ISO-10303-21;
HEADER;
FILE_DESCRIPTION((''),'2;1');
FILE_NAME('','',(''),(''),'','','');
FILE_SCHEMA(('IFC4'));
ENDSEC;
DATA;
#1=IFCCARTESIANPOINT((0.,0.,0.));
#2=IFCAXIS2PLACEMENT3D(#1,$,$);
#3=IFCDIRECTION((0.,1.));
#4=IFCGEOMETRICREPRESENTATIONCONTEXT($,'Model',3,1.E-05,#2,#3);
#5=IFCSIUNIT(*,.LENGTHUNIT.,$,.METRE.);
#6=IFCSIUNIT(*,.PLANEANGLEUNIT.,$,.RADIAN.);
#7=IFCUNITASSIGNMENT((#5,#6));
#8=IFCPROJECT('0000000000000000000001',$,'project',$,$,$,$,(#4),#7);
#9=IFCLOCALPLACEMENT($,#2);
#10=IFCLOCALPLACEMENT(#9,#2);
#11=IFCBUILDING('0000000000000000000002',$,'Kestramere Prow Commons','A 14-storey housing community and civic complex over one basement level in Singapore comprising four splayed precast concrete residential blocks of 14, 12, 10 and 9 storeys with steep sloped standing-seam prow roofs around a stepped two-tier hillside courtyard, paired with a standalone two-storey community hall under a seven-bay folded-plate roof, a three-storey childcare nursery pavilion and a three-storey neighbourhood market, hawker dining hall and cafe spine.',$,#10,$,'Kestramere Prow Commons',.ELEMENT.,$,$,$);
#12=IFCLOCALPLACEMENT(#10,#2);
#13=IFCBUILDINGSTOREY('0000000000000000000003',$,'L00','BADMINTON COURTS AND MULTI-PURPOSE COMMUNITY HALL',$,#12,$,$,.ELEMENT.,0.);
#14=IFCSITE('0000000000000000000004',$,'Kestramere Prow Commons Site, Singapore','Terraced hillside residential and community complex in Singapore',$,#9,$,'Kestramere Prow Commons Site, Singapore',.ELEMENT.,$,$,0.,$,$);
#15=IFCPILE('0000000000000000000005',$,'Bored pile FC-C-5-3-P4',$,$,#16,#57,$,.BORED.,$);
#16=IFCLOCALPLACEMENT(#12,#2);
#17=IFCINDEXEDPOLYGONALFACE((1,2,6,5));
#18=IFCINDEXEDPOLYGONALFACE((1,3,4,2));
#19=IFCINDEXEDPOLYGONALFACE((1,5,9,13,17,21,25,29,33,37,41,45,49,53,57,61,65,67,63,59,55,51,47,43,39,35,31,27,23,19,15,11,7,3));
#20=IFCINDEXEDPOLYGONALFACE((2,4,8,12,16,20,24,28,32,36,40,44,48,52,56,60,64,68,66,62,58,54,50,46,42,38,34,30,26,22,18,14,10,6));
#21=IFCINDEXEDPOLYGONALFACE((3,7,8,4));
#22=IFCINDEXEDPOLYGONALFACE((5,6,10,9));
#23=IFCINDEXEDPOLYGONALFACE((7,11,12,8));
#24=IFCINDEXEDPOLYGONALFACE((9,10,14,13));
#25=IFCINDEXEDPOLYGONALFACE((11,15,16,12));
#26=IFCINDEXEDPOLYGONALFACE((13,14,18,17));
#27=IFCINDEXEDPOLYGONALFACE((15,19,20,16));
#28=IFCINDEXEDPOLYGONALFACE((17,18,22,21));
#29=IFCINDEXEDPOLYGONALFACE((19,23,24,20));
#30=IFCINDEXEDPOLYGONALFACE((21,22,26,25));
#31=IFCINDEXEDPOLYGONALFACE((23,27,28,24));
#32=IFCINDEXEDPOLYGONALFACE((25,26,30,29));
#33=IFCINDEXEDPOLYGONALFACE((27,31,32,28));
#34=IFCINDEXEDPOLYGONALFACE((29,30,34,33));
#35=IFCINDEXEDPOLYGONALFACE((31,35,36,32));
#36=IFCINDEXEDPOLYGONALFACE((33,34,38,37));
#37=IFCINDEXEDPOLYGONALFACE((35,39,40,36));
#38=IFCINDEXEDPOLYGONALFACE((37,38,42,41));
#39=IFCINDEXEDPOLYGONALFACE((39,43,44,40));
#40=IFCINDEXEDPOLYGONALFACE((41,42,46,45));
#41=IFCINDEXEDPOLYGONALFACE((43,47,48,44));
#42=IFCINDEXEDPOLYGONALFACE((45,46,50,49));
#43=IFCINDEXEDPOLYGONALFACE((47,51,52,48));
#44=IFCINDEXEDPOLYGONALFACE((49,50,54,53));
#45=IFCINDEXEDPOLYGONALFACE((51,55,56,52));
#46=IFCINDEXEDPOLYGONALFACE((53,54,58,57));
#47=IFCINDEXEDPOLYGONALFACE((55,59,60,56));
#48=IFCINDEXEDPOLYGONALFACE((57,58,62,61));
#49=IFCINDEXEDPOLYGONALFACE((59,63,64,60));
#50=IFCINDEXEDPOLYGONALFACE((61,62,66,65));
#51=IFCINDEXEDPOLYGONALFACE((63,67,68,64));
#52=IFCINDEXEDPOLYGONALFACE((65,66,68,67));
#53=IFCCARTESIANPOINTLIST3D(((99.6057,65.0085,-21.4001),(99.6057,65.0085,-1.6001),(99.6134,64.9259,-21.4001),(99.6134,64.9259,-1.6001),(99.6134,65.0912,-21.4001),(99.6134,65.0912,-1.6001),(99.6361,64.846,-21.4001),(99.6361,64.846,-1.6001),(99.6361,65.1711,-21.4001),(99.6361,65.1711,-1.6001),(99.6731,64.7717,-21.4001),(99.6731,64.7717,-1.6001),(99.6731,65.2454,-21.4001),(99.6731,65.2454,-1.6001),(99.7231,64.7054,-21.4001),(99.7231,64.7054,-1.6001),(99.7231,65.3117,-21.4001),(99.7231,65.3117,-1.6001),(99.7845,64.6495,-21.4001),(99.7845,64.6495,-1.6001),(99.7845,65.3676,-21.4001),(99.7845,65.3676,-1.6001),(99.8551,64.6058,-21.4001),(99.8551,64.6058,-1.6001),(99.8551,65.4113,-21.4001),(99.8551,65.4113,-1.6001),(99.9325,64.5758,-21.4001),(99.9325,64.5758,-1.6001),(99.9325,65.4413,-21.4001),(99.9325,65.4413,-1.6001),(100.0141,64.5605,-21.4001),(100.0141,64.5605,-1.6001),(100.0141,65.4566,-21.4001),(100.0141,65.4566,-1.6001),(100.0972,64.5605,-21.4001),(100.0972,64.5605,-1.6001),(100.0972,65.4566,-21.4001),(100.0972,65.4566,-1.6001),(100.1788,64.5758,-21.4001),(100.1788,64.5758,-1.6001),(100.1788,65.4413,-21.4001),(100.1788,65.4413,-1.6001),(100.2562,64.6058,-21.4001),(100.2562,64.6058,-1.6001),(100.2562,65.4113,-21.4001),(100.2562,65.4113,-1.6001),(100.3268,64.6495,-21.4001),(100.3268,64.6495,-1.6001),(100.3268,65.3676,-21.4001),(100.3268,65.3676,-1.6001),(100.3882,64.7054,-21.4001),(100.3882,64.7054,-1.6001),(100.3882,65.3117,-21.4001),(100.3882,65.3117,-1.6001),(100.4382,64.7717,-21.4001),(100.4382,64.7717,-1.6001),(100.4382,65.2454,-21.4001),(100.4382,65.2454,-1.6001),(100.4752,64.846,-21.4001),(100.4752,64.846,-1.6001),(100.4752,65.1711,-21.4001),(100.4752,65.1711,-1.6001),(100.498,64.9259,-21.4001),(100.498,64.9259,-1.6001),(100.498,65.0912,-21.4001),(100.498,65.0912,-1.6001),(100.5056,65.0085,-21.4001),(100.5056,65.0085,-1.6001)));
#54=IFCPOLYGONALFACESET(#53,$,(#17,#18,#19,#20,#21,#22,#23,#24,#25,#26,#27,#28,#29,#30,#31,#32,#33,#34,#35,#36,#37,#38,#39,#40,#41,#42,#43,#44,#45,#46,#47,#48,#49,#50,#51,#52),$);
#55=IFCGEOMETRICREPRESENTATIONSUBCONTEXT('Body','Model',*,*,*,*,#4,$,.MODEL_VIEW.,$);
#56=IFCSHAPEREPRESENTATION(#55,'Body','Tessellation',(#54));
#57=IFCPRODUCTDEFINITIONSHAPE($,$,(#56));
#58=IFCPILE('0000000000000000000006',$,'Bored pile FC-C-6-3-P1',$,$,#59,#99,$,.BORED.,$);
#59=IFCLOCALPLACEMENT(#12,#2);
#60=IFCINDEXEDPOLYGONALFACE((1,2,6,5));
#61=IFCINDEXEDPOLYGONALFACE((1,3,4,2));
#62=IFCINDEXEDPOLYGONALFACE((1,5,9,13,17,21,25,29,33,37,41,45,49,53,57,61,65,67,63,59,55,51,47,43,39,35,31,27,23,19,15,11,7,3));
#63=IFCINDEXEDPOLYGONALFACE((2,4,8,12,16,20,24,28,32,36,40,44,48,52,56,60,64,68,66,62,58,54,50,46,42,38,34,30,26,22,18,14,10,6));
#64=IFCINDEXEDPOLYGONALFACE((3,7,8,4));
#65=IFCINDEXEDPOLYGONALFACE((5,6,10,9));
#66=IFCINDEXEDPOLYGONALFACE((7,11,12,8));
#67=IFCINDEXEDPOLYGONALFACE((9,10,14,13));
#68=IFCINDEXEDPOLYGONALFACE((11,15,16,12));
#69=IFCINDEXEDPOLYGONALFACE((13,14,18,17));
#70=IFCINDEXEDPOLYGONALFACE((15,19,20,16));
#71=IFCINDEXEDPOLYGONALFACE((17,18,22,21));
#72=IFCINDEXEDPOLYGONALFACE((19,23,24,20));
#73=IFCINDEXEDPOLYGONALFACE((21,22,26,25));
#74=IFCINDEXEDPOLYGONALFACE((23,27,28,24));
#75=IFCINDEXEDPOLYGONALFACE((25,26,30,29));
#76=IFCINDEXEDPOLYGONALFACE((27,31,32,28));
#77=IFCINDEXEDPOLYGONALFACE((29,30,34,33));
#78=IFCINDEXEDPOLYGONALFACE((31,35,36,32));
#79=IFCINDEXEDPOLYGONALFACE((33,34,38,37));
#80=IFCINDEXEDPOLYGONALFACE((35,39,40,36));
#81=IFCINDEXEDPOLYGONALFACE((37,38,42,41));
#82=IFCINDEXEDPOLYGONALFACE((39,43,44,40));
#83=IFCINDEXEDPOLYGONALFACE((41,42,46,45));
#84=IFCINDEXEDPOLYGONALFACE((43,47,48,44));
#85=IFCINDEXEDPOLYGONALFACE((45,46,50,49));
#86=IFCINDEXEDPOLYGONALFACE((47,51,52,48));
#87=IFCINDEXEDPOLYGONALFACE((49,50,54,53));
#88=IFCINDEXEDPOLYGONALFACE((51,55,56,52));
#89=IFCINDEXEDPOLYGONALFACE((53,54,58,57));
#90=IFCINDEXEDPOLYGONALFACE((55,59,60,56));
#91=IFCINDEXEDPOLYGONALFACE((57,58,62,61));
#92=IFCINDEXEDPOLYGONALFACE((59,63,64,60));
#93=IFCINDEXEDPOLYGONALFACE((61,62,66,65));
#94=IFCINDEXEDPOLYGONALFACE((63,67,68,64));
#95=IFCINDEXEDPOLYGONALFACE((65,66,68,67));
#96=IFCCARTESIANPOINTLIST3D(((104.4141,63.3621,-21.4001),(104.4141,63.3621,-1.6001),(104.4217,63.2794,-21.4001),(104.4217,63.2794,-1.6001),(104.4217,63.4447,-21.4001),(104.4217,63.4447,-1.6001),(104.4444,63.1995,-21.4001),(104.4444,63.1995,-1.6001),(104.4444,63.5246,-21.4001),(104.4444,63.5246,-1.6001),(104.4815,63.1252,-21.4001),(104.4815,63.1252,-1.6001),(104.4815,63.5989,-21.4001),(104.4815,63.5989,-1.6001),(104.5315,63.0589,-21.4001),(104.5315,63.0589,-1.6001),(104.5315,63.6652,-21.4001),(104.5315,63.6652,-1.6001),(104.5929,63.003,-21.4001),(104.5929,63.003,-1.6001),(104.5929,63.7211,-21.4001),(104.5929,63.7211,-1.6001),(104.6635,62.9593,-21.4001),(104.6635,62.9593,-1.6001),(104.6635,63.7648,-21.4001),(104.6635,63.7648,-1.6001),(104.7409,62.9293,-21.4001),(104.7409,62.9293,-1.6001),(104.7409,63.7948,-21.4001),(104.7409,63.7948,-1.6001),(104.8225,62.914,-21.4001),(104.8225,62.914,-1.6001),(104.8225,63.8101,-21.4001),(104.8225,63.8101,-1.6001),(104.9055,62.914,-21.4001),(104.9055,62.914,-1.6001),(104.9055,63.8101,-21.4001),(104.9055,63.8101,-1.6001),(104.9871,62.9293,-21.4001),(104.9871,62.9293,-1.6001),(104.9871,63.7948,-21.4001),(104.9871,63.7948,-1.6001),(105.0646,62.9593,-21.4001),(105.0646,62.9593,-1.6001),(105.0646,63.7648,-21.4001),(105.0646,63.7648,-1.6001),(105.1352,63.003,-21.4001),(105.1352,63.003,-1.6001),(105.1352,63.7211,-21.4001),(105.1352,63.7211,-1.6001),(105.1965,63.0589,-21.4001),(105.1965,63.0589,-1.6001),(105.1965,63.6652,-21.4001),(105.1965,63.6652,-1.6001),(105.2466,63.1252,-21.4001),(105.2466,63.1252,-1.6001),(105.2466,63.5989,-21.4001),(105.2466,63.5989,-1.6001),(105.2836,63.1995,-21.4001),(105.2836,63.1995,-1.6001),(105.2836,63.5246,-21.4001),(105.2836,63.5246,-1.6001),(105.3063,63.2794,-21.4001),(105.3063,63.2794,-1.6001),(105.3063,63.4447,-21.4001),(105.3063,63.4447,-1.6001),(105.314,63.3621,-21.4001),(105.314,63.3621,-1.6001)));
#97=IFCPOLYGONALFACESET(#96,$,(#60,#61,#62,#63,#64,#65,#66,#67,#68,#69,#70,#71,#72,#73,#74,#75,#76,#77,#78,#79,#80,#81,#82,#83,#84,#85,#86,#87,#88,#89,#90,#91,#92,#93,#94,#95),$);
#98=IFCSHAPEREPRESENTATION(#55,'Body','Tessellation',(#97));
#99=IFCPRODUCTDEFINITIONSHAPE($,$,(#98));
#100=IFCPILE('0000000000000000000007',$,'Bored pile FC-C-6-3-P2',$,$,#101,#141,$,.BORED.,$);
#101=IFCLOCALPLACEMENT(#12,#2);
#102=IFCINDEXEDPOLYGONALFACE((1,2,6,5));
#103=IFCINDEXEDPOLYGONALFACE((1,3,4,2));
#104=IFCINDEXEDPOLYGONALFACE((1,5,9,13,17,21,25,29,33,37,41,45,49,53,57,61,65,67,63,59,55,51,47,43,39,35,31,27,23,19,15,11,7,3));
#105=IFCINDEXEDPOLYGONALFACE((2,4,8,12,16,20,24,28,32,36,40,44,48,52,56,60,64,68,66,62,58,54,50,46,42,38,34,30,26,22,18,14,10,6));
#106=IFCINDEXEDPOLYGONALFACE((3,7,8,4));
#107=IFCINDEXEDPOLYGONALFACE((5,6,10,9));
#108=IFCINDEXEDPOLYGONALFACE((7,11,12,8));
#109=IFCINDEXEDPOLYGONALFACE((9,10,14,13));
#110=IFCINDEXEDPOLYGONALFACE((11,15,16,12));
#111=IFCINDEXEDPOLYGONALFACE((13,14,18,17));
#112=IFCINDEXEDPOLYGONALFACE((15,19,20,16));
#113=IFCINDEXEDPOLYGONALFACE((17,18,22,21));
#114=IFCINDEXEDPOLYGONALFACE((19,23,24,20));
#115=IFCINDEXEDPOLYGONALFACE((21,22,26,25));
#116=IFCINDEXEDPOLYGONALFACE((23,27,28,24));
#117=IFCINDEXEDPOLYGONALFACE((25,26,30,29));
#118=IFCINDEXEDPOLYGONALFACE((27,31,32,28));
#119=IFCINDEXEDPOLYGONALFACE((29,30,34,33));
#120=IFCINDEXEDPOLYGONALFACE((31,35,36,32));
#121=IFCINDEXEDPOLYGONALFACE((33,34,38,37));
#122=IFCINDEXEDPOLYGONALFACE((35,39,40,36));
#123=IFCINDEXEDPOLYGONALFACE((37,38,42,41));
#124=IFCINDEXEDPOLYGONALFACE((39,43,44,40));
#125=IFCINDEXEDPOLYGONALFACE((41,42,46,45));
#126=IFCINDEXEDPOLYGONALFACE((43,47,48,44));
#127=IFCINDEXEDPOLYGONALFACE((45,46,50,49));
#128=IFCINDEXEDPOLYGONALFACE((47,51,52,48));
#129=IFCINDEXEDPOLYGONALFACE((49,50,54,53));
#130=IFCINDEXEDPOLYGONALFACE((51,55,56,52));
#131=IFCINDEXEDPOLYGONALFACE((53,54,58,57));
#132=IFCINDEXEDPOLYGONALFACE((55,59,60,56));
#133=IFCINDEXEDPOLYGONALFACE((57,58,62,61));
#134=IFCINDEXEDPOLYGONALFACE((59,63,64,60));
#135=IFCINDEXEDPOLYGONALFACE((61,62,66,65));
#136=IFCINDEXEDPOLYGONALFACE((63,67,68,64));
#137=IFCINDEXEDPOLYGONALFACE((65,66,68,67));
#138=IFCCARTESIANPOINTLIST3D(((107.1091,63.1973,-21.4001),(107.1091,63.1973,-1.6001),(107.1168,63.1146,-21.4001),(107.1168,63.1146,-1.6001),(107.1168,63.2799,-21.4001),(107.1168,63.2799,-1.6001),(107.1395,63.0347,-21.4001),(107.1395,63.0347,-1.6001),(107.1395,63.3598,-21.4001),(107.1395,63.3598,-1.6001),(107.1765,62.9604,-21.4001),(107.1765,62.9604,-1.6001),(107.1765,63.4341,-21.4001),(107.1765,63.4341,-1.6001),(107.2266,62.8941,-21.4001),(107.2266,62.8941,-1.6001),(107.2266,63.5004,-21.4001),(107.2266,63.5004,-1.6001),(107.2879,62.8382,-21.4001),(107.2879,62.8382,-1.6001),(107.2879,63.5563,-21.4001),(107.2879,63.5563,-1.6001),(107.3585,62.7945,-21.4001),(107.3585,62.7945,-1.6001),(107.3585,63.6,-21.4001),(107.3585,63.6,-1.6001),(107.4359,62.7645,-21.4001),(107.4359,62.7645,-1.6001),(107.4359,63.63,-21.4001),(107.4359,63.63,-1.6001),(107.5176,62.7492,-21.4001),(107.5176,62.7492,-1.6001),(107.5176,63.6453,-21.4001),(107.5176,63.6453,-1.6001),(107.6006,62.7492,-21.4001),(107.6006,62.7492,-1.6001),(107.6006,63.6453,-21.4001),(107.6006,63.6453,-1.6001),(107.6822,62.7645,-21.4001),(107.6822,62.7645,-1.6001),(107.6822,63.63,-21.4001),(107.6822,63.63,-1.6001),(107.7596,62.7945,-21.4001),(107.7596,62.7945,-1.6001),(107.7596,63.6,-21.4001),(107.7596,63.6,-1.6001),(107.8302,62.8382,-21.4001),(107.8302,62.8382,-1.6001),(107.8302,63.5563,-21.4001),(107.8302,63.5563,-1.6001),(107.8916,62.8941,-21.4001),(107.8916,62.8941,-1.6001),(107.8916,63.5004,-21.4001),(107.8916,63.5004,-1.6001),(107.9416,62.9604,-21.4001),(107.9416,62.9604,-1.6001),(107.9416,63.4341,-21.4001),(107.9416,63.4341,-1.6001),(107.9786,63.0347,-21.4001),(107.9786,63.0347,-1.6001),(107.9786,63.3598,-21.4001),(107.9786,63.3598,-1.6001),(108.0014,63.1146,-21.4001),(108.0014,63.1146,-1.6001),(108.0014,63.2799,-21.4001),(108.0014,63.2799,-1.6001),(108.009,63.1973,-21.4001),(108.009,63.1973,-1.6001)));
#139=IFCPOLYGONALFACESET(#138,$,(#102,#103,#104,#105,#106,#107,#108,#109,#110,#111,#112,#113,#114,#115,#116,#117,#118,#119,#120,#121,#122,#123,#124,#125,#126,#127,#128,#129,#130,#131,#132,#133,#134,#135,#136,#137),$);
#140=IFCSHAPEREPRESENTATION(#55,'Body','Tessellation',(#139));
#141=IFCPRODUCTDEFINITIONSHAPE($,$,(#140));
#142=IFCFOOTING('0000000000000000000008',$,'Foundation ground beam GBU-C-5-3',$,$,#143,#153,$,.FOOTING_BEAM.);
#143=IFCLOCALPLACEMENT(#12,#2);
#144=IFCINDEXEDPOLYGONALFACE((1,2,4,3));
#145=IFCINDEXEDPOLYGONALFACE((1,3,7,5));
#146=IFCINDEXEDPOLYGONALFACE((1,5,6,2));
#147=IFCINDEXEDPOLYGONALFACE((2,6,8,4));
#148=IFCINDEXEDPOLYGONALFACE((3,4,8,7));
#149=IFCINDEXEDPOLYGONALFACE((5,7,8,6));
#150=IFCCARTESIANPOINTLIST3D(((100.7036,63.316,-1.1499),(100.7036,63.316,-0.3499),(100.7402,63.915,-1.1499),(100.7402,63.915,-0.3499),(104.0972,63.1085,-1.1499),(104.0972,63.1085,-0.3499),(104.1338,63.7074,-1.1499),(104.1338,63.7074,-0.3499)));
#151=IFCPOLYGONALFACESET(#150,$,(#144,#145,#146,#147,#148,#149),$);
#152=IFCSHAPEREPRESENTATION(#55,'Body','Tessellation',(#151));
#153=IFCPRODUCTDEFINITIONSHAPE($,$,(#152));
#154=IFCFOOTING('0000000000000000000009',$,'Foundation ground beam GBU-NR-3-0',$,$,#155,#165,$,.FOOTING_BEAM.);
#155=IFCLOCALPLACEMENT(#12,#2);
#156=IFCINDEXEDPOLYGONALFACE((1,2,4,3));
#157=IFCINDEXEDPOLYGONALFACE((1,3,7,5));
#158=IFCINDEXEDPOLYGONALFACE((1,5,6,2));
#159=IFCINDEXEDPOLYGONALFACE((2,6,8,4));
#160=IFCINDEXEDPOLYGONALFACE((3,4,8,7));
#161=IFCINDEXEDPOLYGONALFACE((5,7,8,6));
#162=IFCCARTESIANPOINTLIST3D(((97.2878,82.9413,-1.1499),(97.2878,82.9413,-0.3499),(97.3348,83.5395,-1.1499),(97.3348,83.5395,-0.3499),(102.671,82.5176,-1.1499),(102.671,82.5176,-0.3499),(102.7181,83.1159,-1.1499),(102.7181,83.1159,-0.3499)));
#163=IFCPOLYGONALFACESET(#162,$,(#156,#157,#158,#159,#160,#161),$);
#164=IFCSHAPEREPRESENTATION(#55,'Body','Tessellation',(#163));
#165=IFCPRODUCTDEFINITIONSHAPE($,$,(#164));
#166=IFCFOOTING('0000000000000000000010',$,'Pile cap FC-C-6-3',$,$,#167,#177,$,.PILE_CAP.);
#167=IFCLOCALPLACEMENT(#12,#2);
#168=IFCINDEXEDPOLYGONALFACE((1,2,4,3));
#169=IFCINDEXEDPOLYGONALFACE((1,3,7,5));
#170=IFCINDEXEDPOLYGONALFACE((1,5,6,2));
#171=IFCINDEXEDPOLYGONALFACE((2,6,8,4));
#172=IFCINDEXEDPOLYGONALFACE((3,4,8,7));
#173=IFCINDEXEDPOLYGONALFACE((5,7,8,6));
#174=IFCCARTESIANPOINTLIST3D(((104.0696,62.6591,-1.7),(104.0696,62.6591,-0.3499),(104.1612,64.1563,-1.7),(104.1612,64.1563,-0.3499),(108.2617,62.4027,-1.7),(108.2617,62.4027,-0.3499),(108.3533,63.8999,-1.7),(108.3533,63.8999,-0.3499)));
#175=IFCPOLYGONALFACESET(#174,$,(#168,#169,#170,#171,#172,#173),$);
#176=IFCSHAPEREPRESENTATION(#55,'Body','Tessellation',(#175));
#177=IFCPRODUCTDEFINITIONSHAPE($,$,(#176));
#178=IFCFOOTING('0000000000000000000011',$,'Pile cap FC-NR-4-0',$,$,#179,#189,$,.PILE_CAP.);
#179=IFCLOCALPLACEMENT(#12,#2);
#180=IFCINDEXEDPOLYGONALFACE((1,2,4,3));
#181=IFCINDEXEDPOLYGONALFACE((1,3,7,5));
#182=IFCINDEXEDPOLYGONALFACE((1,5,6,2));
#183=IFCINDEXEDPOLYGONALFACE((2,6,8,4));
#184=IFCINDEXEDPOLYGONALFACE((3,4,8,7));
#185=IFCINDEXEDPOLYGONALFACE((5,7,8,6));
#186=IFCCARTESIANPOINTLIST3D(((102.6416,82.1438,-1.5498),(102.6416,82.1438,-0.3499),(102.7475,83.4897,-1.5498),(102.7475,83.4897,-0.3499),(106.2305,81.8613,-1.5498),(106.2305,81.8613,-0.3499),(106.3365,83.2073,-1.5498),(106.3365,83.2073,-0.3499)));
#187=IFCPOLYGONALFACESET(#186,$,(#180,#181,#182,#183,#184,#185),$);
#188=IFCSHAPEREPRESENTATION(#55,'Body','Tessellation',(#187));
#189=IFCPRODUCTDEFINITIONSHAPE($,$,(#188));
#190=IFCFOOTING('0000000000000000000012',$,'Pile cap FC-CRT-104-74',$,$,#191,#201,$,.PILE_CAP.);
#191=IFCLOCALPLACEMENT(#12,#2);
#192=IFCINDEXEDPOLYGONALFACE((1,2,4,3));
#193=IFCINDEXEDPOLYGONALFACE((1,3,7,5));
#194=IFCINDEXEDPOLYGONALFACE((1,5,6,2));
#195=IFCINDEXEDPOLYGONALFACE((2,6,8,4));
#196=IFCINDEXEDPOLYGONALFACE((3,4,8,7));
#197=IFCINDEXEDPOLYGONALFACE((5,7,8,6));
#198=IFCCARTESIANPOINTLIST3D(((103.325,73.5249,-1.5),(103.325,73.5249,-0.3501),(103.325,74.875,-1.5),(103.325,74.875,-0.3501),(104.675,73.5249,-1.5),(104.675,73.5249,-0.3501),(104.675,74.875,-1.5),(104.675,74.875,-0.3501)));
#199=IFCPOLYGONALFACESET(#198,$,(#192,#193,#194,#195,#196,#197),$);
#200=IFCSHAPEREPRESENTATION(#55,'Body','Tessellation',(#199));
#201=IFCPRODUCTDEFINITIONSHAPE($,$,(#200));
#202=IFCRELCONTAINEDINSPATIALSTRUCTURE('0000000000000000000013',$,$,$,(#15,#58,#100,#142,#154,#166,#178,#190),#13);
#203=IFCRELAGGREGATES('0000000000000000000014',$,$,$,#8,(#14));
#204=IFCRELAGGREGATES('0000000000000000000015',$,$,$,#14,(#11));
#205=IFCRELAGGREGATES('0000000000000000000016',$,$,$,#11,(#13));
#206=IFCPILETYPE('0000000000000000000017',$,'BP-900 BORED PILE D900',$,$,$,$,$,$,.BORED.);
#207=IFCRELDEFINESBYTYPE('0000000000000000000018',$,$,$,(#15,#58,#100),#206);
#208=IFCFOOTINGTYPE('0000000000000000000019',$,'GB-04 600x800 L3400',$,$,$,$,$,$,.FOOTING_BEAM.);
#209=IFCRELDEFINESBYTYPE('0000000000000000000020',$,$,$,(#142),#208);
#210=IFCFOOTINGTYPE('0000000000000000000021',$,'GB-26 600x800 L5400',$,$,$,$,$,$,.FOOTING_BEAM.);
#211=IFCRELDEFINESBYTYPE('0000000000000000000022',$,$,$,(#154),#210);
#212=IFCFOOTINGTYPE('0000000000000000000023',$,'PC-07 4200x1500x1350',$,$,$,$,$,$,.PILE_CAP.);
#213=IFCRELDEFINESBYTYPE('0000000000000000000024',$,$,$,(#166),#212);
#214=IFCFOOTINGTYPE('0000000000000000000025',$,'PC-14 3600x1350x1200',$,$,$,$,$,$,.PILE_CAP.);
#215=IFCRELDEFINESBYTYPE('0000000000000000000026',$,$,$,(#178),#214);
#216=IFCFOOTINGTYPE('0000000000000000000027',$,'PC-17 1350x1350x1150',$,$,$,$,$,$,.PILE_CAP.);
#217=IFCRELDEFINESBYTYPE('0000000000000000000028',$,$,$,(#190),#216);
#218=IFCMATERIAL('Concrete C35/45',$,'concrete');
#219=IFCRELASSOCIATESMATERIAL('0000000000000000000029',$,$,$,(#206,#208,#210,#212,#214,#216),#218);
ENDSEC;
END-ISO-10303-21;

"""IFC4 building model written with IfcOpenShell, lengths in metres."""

from ifc_helpers import new_model, si_unit, direction, frame, origin, origin_2d, place, context, subcontext, project, spatial, rectangle, circle, extrude, material, material_profile, profile_set, type_object, element, save


model = new_model("IFC4")

# Units and contexts
model_context = context("Model", 3, precision=1e-05, world=origin(), true_north=direction((0.0, 1.0)))
body_context = subcontext(model_context, "Body", "Model", "MODEL_VIEW")
ifc_project = project(units=[si_unit("LENGTHUNIT", "METRE"), si_unit("PLANEANGLEUNIT", "RADIAN")], contexts=[model_context])

# Site, building, storey
site_placement = place(None, origin())
site = spatial("IfcSite", under=ifc_project, at=site_placement, Name="Kestramere Prow Commons Site, Singapore", Description="Terraced hillside residential and community complex in Singapore", LongName="Kestramere Prow Commons Site, Singapore", CompositionType="ELEMENT", RefElevation=0.0)
building_placement = place(site_placement, origin())
building = spatial("IfcBuilding", under=site, at=building_placement, Name="Kestramere Prow Commons", Description="A 14-storey housing community and civic complex over one basement level in Singapore comprising four splayed precast concrete residential blocks of 14, 12, 10 and 9 storeys with steep sloped standing-seam prow roofs around a stepped two-tier hillside courtyard, paired with a standalone two-storey community hall under a seven-bay folded-plate roof, a three-storey childcare nursery pavilion and a three-storey neighbourhood market, hawker dining hall and cafe spine.", LongName="Kestramere Prow Commons", CompositionType="ELEMENT")
storey_placement = place(building_placement, origin())
storey = spatial("IfcBuildingStorey", under=building, at=storey_placement, Name="L00", Description="BADMINTON COURTS AND MULTI-PURPOSE COMMUNITY HALL", CompositionType="ELEMENT", Elevation=0.0)

# Piles
ifc_material_1 = material(Name="Concrete C35/45", Category="concrete")
ifc_material_profile_1 = material_profile(ifc_material_1, circle(Radius=0.45, at=origin_2d()), Name="BORED PILE D900")
ifc_profile_set_1 = profile_set([ifc_material_profile_1], Name="Concrete C35/45")
pile_type_1 = type_object("IfcPileType", Name="BP-900 BORED PILE D900", PredefinedType="BORED", material=ifc_profile_set_1)
for number, where, z_axis, x_axis, name in (
    (1, (100.0557, 65.0085, -1.6001), (0.0, 0.0, -1.0), (1.0, 0.0, 0.0), "Bored pile FC-C-5-3-P4"),
    (2, (104.864, 63.3621, -1.6001), (0.0, 0.0, -1.0), (1.0, 0.0, 0.0), "Bored pile FC-C-6-3-P1"),
    (3, (107.5591, 63.1973, -1.6001), (0.0, 0.0, -1.0), (1.0, 0.0, 0.0), "Bored pile FC-C-6-3-P2"),
):
    element("IfcPile", number, at=place(storey_placement, frame(where, z_axis=z_axis, x_axis=x_axis)), inside=storey, type_object=pile_type_1, Name=name, PredefinedType="BORED", context=body_context, shape_type="SweptSolid", body=[
        extrude(circle(Radius=0.45, at=origin_2d()), origin(), (0.0, 0.0, 1.0), 19.8),
    ])

# Footings
footing_type_1 = type_object("IfcFootingType", Name="GB-04 600x800 L3400", PredefinedType="FOOTING_BEAM", material=ifc_material_1)
footing_1_placement = place(storey_placement, frame((102.4187, 63.5117, -1.1499), z_axis=(0.0, 0.0, 1.0), x_axis=(0.998135, -0.061049, 0.0)))
element("IfcFooting", 4, at=footing_1_placement, inside=storey, type_object=footing_type_1, Name="Foundation ground beam GBU-C-5-3", PredefinedType="FOOTING_BEAM", context=body_context, shape_type="SweptSolid", body=[
    extrude(rectangle(XDim=3.3999, YDim=0.6001, at=origin_2d()), origin(), (0.0, 0.0, 1.0), 0.8),
])
footing_type_2 = type_object("IfcFootingType", Name="GB-26 600x800 L5400", PredefinedType="FOOTING_BEAM", material=ifc_material_1)
footing_2_placement = place(storey_placement, frame((100.0029, 83.0286, -1.1499), z_axis=(0.0, 0.0, 1.0), x_axis=(0.996917, -0.078459, 0.0)))
element("IfcFooting", 5, at=footing_2_placement, inside=storey, type_object=footing_type_2, Name="Foundation ground beam GBU-NR-3-0", PredefinedType="FOOTING_BEAM", context=body_context, shape_type="SweptSolid", body=[
    extrude(rectangle(XDim=5.3999, YDim=0.6001, at=origin_2d()), origin(), (0.0, 0.0, 1.0), 0.8),
])
footing_type_3 = type_object("IfcFootingType", Name="PC-07 4200x1500x1350", PredefinedType="PILE_CAP", material=ifc_material_1)
footing_3_placement = place(storey_placement, frame((106.2114, 63.2795, -1.7), z_axis=(0.0, 0.0, 1.0), x_axis=(0.998135, -0.061049, 0.0)))
element("IfcFooting", 6, at=footing_3_placement, inside=storey, type_object=footing_type_3, Name="Pile cap FC-C-6-3", PredefinedType="PILE_CAP", context=body_context, shape_type="SweptSolid", body=[
    extrude(rectangle(XDim=4.2, YDim=1.5, at=origin_2d()), origin(), (0.0, 0.0, 1.0), 1.3501),
])
footing_type_4 = type_object("IfcFootingType", Name="PC-14 3600x1350x1200", PredefinedType="PILE_CAP", material=ifc_material_1)
footing_4_placement = place(storey_placement, frame((104.489, 82.6755, -1.5498), z_axis=(0.0, 0.0, 1.0), x_axis=(0.996917, -0.078459, 0.0)))
element("IfcFooting", 7, at=footing_4_placement, inside=storey, type_object=footing_type_4, Name="Pile cap FC-NR-4-0", PredefinedType="PILE_CAP", context=body_context, shape_type="SweptSolid", body=[
    extrude(rectangle(XDim=3.6001, YDim=1.3501, at=origin_2d()), origin(), (0.0, 0.0, 1.0), 1.2),
])
footing_type_5 = type_object("IfcFootingType", Name="PC-17 1350x1350x1150", PredefinedType="PILE_CAP", material=ifc_material_1)
for number, where, z_axis, x_axis, name in (
    (8, (104.0, 74.2, -1.5), (0.0, 0.0, 1.0), (1.0, 0.0, 0.0), "Pile cap FC-CRT-104-74"),
):
    element("IfcFooting", number, at=place(storey_placement, frame(where, z_axis=z_axis, x_axis=x_axis)), inside=storey, type_object=footing_type_5, Name=name, PredefinedType="PILE_CAP", context=body_context, shape_type="SweptSolid", body=[
        extrude(rectangle(XDim=1.3501, YDim=1.3501, at=origin_2d()), origin(), (0.0, 0.0, 1.0), 1.1499),
    ])

save(model, "model.ifc")
